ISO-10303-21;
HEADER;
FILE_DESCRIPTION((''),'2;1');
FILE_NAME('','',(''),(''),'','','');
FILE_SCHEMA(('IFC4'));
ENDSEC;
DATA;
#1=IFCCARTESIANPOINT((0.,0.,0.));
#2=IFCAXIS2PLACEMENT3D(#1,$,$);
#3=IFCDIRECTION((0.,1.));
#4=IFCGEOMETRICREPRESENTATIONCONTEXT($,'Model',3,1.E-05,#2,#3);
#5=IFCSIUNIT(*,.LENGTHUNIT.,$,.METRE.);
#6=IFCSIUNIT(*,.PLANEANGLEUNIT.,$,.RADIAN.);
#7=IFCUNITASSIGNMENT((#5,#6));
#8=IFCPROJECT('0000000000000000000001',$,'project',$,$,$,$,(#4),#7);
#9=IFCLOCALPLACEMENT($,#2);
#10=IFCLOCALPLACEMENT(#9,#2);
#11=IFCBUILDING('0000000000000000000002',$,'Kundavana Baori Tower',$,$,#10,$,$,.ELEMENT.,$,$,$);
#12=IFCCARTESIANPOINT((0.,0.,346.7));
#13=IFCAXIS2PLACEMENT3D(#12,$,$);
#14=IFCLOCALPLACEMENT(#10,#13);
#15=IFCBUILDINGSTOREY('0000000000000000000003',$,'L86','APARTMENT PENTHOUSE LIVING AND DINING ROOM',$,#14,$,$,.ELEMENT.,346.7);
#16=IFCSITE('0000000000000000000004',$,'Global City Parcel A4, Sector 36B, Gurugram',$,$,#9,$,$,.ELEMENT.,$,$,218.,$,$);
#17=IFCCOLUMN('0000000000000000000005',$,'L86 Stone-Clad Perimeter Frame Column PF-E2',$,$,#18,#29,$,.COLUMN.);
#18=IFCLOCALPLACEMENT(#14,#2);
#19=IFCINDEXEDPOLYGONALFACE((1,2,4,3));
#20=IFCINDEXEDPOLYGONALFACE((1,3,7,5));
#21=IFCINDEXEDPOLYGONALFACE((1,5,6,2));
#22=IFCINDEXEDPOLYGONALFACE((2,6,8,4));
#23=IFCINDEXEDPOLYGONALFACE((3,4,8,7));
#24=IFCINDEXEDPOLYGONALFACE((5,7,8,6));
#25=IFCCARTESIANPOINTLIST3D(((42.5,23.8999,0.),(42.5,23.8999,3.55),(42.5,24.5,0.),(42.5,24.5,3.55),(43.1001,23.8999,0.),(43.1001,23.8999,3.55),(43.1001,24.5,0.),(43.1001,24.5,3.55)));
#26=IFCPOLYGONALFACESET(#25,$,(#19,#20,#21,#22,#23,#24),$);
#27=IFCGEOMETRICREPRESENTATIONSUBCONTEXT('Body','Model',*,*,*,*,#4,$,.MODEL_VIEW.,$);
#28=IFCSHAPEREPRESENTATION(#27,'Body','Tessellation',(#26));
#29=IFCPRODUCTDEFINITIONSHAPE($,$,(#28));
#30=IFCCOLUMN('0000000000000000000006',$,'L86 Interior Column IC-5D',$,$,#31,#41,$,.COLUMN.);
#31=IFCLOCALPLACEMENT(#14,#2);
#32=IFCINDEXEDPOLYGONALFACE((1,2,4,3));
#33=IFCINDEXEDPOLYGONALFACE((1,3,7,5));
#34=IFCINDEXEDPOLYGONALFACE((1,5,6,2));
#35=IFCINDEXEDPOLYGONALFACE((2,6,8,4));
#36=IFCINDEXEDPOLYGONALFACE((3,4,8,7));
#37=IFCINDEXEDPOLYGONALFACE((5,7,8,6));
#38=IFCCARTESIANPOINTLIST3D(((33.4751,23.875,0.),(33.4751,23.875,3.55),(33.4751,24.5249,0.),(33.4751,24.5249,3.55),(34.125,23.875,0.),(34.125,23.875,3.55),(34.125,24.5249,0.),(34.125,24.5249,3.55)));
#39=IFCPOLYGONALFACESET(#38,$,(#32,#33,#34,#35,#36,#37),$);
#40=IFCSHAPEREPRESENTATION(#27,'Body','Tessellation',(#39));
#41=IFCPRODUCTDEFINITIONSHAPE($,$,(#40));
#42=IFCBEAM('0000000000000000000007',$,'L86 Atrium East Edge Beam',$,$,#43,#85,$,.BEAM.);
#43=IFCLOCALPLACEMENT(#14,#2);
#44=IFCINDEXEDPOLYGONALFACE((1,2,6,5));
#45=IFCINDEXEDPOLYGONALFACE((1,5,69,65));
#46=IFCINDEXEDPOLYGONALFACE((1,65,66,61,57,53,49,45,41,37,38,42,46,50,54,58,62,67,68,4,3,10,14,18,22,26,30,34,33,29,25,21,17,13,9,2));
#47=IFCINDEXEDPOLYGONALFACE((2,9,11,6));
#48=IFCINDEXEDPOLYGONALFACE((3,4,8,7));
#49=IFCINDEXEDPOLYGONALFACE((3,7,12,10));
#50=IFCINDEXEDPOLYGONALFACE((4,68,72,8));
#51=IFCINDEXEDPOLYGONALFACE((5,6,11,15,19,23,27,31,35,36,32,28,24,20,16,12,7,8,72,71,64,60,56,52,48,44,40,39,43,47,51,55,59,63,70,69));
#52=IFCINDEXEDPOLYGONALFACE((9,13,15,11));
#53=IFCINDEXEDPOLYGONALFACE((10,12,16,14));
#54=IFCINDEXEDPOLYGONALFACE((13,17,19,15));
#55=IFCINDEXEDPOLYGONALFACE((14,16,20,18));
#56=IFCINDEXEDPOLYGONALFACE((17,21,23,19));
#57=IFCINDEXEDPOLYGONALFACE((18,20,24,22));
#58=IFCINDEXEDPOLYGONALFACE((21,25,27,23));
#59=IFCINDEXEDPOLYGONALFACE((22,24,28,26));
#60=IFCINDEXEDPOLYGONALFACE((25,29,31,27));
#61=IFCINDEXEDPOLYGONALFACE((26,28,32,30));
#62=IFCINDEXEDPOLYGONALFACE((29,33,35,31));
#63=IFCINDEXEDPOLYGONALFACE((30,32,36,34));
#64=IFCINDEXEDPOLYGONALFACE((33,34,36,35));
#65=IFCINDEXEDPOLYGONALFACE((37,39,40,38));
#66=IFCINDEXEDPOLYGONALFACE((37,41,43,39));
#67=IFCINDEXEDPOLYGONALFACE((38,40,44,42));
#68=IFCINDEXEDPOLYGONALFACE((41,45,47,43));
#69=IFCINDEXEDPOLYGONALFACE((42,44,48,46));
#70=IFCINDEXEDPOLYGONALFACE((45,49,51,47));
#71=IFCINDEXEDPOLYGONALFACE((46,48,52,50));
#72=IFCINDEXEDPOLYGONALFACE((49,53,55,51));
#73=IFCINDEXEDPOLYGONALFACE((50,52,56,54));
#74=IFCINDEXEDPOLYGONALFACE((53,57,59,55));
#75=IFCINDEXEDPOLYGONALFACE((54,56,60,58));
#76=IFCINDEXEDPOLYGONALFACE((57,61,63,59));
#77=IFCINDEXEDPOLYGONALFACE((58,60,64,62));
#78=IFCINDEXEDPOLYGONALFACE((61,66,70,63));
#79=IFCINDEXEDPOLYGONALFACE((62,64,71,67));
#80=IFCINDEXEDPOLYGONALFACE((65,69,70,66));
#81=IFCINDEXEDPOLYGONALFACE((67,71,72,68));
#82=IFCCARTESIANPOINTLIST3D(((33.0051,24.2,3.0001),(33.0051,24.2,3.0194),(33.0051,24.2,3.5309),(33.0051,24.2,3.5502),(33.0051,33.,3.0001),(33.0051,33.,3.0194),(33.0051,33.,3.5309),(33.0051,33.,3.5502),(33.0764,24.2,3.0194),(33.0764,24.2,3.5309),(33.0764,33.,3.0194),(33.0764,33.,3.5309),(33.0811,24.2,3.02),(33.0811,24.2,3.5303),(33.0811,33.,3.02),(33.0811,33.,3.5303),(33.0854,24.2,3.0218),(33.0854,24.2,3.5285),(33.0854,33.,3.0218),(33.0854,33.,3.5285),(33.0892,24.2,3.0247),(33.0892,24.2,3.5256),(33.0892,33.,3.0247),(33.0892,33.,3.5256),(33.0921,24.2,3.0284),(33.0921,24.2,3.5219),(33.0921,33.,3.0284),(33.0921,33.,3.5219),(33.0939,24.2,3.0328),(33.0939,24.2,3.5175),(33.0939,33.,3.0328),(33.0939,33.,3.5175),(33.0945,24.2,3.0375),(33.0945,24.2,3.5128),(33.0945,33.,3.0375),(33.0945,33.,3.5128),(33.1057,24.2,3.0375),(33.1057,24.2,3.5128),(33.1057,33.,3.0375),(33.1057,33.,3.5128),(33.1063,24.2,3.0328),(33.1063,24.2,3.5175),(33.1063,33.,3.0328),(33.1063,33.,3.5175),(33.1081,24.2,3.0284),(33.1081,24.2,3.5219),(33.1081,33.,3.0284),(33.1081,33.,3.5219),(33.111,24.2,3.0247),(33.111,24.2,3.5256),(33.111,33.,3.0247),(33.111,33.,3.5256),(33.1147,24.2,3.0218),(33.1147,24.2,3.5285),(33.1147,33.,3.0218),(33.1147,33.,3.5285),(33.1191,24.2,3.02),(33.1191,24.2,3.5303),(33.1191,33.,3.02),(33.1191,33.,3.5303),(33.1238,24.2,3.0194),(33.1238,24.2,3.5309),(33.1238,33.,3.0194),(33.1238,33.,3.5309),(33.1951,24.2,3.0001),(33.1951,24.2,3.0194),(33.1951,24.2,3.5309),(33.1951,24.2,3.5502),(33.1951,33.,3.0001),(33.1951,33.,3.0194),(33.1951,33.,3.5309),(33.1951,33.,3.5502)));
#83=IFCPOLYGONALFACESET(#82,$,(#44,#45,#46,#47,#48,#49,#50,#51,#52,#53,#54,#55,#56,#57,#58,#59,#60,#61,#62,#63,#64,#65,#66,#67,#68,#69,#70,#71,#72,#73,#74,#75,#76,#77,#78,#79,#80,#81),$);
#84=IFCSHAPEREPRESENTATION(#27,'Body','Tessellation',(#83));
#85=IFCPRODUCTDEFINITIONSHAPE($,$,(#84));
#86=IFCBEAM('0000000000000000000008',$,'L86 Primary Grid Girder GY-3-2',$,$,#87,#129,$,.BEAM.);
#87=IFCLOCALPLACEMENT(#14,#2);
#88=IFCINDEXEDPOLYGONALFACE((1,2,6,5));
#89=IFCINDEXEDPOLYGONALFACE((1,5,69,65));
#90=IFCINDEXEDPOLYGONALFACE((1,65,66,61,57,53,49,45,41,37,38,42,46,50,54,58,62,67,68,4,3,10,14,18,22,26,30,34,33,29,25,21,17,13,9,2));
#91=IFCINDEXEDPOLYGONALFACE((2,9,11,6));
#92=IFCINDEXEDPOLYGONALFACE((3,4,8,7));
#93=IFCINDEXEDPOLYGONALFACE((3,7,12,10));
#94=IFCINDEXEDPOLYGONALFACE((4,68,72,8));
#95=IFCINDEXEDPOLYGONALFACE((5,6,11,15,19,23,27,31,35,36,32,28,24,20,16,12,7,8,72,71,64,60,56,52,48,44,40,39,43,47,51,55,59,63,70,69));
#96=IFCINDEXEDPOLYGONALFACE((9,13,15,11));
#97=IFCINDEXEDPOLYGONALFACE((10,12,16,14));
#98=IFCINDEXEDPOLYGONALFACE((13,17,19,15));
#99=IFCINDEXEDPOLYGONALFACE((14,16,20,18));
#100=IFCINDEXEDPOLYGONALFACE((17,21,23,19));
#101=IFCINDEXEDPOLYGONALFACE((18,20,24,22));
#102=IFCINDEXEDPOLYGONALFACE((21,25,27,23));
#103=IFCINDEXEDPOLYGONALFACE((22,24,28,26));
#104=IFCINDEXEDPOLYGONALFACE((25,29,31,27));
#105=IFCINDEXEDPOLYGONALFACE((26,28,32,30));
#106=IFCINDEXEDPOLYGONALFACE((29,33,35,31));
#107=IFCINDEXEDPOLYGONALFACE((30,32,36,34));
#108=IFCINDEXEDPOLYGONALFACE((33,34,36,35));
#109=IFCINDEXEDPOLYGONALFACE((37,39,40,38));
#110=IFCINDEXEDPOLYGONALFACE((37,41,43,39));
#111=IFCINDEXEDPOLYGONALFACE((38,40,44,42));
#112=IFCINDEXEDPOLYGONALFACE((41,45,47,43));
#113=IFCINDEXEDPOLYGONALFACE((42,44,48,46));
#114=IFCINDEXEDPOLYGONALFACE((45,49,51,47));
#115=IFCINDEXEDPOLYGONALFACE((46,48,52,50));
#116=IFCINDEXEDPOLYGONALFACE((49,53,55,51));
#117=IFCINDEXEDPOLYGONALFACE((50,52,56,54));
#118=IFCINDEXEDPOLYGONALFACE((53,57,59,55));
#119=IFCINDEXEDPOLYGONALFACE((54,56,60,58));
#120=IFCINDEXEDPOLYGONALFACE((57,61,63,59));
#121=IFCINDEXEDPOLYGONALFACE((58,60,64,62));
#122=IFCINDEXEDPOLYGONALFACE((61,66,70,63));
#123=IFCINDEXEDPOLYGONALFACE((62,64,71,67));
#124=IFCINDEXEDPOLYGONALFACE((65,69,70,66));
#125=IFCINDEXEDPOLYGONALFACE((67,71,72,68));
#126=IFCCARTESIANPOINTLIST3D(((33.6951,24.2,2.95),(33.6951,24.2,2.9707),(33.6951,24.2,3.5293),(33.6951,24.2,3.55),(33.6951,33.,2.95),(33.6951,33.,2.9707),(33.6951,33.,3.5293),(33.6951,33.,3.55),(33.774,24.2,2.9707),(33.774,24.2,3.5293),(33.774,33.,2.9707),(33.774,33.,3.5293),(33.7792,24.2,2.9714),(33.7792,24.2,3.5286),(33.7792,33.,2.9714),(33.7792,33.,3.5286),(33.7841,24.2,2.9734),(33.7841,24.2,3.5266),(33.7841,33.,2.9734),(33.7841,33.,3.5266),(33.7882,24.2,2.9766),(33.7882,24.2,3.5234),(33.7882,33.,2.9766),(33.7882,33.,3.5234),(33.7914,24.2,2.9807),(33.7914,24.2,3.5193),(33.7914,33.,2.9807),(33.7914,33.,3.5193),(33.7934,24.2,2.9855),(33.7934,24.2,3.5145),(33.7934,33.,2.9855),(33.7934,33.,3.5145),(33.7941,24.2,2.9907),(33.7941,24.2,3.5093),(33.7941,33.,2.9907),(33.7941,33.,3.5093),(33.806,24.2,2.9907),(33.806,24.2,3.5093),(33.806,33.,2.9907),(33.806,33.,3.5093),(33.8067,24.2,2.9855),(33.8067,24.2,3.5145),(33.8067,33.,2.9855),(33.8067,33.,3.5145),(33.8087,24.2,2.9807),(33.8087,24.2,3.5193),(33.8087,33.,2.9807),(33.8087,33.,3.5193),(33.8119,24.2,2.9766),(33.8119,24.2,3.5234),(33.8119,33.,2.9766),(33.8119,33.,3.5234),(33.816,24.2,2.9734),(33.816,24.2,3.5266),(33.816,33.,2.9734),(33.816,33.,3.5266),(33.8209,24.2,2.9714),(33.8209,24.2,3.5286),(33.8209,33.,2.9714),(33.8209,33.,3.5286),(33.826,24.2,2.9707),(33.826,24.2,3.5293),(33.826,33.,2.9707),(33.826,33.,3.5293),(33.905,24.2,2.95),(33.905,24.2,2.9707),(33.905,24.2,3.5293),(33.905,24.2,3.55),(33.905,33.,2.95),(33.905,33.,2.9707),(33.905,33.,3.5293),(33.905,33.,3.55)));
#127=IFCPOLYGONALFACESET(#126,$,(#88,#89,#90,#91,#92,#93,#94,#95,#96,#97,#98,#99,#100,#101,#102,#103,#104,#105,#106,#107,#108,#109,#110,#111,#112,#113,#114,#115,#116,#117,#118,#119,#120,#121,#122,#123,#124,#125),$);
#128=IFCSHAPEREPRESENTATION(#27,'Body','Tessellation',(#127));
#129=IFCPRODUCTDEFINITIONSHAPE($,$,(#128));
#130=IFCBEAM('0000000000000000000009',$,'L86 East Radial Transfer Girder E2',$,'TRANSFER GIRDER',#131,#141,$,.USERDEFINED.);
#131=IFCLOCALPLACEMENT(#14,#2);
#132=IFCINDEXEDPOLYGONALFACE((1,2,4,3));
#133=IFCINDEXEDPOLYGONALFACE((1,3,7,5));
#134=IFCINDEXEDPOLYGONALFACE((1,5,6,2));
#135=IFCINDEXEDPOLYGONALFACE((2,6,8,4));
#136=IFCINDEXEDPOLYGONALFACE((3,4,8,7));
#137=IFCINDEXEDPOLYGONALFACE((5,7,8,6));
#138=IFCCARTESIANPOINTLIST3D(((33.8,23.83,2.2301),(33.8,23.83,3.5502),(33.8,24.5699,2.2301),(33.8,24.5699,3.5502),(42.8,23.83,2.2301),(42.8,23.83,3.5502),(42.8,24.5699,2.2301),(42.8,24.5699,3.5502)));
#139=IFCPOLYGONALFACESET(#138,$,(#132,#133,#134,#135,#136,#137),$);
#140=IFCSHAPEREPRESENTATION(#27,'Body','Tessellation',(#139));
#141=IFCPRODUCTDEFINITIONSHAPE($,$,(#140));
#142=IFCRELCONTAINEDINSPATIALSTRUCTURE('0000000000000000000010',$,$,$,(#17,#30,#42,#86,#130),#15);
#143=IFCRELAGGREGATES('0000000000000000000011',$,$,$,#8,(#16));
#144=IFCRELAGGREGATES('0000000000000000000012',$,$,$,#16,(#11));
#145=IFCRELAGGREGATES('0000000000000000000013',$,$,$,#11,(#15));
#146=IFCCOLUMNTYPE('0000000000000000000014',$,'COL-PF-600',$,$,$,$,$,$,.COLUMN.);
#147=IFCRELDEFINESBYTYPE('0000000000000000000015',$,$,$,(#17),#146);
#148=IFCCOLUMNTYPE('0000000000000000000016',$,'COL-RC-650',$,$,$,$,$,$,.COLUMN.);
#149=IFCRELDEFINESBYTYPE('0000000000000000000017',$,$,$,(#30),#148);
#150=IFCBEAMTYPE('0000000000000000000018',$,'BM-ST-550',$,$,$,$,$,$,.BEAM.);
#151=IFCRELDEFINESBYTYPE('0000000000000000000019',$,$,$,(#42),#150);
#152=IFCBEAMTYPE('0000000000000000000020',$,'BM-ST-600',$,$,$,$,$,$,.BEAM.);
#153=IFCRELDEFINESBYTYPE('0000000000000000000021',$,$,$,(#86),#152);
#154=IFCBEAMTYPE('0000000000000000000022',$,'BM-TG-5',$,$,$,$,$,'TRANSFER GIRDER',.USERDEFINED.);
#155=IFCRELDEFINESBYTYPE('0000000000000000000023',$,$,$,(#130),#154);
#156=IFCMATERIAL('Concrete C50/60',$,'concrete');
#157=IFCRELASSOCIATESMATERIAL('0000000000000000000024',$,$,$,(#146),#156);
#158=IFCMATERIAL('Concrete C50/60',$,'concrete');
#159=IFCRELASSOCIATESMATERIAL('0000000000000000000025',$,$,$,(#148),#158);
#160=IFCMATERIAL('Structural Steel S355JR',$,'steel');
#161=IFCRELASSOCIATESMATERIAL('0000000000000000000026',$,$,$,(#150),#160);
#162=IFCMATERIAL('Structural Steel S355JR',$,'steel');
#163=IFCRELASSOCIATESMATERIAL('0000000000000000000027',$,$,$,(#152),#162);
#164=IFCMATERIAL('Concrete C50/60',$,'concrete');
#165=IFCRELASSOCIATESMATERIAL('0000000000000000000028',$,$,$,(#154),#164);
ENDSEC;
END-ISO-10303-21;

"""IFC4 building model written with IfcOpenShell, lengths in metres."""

from ifc_helpers import new_model, si_unit, direction, frame, origin, origin_2d, place, context, subcontext, project, spatial, rectangle, i_section, extrude, material, material_profile, profile_set, type_object, element, save


model = new_model("IFC4")

# Units and contexts
model_context = context("Model", 3, precision=1e-05, world=origin(), true_north=direction((0.0, 1.0)))
body_context = subcontext(model_context, "Body", "Model", "MODEL_VIEW")
ifc_project = project(units=[si_unit("LENGTHUNIT", "METRE"), si_unit("PLANEANGLEUNIT", "RADIAN")], contexts=[model_context])

# Site, building, storey
site_placement = place(None, origin())
site = spatial("IfcSite", under=ifc_project, at=site_placement, Name="Global City Parcel A4, Sector 36B, Gurugram", CompositionType="ELEMENT", RefElevation=218.0)
building_placement = place(site_placement, origin())
building = spatial("IfcBuilding", under=site, at=building_placement, Name="Kundavana Baori Tower", CompositionType="ELEMENT")
storey_placement = place(building_placement, frame((0.0, 0.0, 346.7)))
storey = spatial("IfcBuildingStorey", under=building, at=storey_placement, Name="L86", Description="APARTMENT PENTHOUSE LIVING AND DINING ROOM", CompositionType="ELEMENT", Elevation=346.7)

# Columns
ifc_material_1 = material(Name="Concrete C50/60", Category="concrete")
ifc_material_profile_1 = material_profile(ifc_material_1, rectangle(XDim=0.6001, YDim=0.6001, at=origin_2d()), Name="RC PF 600x600")
ifc_profile_set_1 = profile_set([ifc_material_profile_1], Name="Concrete C50/60")
column_type_1 = type_object("IfcColumnType", Name="COL-PF-600", PredefinedType="COLUMN", material=ifc_profile_set_1)
column_1_placement = place(storey_placement, frame((42.8, 24.2, 0.0), z_axis=(0.0, 0.0, 1.0), x_axis=(1.0, 0.0, 0.0)))
element("IfcColumn", 1, at=column_1_placement, inside=storey, type_object=column_type_1, Name="L86 Stone-Clad Perimeter Frame Column PF-E2", PredefinedType="COLUMN", context=body_context, shape_type="SweptSolid", body=[
    extrude(rectangle(XDim=0.6001, YDim=0.6001, at=origin_2d()), origin(), (0.0, 0.0, 1.0), 3.55),
])
ifc_material_2 = material(Name="Concrete C50/60", Category="concrete")
ifc_material_profile_2 = material_profile(ifc_material_2, rectangle(XDim=0.6499, YDim=0.6499, at=origin_2d()), Name="RC 650x650")
ifc_profile_set_2 = profile_set([ifc_material_profile_2], Name="Concrete C50/60")
column_type_2 = type_object("IfcColumnType", Name="COL-RC-650", PredefinedType="COLUMN", material=ifc_profile_set_2)
column_2_placement = place(storey_placement, frame((33.8, 24.2, 0.0), z_axis=(0.0, 0.0, 1.0), x_axis=(1.0, 0.0, 0.0)))
element("IfcColumn", 2, at=column_2_placement, inside=storey, type_object=column_type_2, Name="L86 Interior Column IC-5D", PredefinedType="COLUMN", context=body_context, shape_type="SweptSolid", body=[
    extrude(rectangle(XDim=0.6499, YDim=0.6499, at=origin_2d()), origin(), (0.0, 0.0, 1.0), 3.55),
])

# Beams
ifc_material_3 = material(Name="Structural Steel S355JR", Category="steel")
ifc_material_profile_3 = material_profile(ifc_material_3, i_section(OverallWidth=0.1899, OverallDepth=0.55, WebThickness=0.0112, FlangeThickness=0.0193, FilletRadius=0.0181, at=origin_2d()), Name="ISMB 550")
ifc_profile_set_3 = profile_set([ifc_material_profile_3], Name="Structural Steel S355JR")
beam_type_1 = type_object("IfcBeamType", Name="BM-ST-550", PredefinedType="BEAM", material=ifc_profile_set_3)
beam_1_placement = place(storey_placement, frame((33.1001, 24.2, 3.2751), z_axis=(0.0, 1.0, 0.0), x_axis=(-1.0, 0.0, 0.0)))
element("IfcBeam", 3, at=beam_1_placement, inside=storey, type_object=beam_type_1, Name="L86 Atrium East Edge Beam", PredefinedType="BEAM", context=body_context, shape_type="SweptSolid", body=[
    extrude(i_section(OverallWidth=0.1899, OverallDepth=0.55, WebThickness=0.0112, FlangeThickness=0.0193, FilletRadius=0.0181, at=origin_2d()), origin(), (0.0, 0.0, 1.0), 8.8),
])
ifc_material_4 = material(Name="Structural Steel S355JR", Category="steel")
ifc_material_profile_4 = material_profile(ifc_material_4, i_section(OverallWidth=0.21, OverallDepth=0.6001, WebThickness=0.012, FlangeThickness=0.0208, FilletRadius=0.02, at=origin_2d()), Name="ISMB 600")
ifc_profile_set_4 = profile_set([ifc_material_profile_4], Name="Structural Steel S355JR")
beam_type_2 = type_object("IfcBeamType", Name="BM-ST-600", PredefinedType="BEAM", material=ifc_profile_set_4)
beam_2_placement = place(storey_placement, frame((33.8, 24.2, 3.25), z_axis=(0.0, 1.0, 0.0), x_axis=(-1.0, 0.0, 0.0)))
element("IfcBeam", 4, at=beam_2_placement, inside=storey, type_object=beam_type_2, Name="L86 Primary Grid Girder GY-3-2", PredefinedType="BEAM", context=body_context, shape_type="SweptSolid", body=[
    extrude(i_section(OverallWidth=0.21, OverallDepth=0.6001, WebThickness=0.012, FlangeThickness=0.0208, FilletRadius=0.02, at=origin_2d()), origin(), (0.0, 0.0, 1.0), 8.8),
])
ifc_material_5 = material(Name="Concrete C50/60", Category="concrete")
ifc_material_profile_5 = material_profile(ifc_material_5, rectangle(XDim=0.74, YDim=1.3201, at=origin_2d()), Name="BM-TG-5")
ifc_profile_set_5 = profile_set([ifc_material_profile_5], Name="Concrete C50/60")
beam_type_3 = type_object("IfcBeamType", Name="BM-TG-5", ElementType="TRANSFER GIRDER", PredefinedType="USERDEFINED", material=ifc_profile_set_5)
beam_3_placement = place(storey_placement, frame((33.8, 24.2, 2.8901), z_axis=(1.0, 0.0, 0.0), x_axis=(0.0, 1.0, 0.0)))
element("IfcBeam", 5, at=beam_3_placement, inside=storey, type_object=beam_type_3, Name="L86 East Radial Transfer Girder E2", ObjectType="TRANSFER GIRDER", PredefinedType="USERDEFINED", context=body_context, shape_type="SweptSolid", body=[
    extrude(rectangle(XDim=0.74, YDim=1.3201, at=origin_2d()), origin(), (0.0, 0.0, 1.0), 9.0),
])

save(model, "model.ifc")
